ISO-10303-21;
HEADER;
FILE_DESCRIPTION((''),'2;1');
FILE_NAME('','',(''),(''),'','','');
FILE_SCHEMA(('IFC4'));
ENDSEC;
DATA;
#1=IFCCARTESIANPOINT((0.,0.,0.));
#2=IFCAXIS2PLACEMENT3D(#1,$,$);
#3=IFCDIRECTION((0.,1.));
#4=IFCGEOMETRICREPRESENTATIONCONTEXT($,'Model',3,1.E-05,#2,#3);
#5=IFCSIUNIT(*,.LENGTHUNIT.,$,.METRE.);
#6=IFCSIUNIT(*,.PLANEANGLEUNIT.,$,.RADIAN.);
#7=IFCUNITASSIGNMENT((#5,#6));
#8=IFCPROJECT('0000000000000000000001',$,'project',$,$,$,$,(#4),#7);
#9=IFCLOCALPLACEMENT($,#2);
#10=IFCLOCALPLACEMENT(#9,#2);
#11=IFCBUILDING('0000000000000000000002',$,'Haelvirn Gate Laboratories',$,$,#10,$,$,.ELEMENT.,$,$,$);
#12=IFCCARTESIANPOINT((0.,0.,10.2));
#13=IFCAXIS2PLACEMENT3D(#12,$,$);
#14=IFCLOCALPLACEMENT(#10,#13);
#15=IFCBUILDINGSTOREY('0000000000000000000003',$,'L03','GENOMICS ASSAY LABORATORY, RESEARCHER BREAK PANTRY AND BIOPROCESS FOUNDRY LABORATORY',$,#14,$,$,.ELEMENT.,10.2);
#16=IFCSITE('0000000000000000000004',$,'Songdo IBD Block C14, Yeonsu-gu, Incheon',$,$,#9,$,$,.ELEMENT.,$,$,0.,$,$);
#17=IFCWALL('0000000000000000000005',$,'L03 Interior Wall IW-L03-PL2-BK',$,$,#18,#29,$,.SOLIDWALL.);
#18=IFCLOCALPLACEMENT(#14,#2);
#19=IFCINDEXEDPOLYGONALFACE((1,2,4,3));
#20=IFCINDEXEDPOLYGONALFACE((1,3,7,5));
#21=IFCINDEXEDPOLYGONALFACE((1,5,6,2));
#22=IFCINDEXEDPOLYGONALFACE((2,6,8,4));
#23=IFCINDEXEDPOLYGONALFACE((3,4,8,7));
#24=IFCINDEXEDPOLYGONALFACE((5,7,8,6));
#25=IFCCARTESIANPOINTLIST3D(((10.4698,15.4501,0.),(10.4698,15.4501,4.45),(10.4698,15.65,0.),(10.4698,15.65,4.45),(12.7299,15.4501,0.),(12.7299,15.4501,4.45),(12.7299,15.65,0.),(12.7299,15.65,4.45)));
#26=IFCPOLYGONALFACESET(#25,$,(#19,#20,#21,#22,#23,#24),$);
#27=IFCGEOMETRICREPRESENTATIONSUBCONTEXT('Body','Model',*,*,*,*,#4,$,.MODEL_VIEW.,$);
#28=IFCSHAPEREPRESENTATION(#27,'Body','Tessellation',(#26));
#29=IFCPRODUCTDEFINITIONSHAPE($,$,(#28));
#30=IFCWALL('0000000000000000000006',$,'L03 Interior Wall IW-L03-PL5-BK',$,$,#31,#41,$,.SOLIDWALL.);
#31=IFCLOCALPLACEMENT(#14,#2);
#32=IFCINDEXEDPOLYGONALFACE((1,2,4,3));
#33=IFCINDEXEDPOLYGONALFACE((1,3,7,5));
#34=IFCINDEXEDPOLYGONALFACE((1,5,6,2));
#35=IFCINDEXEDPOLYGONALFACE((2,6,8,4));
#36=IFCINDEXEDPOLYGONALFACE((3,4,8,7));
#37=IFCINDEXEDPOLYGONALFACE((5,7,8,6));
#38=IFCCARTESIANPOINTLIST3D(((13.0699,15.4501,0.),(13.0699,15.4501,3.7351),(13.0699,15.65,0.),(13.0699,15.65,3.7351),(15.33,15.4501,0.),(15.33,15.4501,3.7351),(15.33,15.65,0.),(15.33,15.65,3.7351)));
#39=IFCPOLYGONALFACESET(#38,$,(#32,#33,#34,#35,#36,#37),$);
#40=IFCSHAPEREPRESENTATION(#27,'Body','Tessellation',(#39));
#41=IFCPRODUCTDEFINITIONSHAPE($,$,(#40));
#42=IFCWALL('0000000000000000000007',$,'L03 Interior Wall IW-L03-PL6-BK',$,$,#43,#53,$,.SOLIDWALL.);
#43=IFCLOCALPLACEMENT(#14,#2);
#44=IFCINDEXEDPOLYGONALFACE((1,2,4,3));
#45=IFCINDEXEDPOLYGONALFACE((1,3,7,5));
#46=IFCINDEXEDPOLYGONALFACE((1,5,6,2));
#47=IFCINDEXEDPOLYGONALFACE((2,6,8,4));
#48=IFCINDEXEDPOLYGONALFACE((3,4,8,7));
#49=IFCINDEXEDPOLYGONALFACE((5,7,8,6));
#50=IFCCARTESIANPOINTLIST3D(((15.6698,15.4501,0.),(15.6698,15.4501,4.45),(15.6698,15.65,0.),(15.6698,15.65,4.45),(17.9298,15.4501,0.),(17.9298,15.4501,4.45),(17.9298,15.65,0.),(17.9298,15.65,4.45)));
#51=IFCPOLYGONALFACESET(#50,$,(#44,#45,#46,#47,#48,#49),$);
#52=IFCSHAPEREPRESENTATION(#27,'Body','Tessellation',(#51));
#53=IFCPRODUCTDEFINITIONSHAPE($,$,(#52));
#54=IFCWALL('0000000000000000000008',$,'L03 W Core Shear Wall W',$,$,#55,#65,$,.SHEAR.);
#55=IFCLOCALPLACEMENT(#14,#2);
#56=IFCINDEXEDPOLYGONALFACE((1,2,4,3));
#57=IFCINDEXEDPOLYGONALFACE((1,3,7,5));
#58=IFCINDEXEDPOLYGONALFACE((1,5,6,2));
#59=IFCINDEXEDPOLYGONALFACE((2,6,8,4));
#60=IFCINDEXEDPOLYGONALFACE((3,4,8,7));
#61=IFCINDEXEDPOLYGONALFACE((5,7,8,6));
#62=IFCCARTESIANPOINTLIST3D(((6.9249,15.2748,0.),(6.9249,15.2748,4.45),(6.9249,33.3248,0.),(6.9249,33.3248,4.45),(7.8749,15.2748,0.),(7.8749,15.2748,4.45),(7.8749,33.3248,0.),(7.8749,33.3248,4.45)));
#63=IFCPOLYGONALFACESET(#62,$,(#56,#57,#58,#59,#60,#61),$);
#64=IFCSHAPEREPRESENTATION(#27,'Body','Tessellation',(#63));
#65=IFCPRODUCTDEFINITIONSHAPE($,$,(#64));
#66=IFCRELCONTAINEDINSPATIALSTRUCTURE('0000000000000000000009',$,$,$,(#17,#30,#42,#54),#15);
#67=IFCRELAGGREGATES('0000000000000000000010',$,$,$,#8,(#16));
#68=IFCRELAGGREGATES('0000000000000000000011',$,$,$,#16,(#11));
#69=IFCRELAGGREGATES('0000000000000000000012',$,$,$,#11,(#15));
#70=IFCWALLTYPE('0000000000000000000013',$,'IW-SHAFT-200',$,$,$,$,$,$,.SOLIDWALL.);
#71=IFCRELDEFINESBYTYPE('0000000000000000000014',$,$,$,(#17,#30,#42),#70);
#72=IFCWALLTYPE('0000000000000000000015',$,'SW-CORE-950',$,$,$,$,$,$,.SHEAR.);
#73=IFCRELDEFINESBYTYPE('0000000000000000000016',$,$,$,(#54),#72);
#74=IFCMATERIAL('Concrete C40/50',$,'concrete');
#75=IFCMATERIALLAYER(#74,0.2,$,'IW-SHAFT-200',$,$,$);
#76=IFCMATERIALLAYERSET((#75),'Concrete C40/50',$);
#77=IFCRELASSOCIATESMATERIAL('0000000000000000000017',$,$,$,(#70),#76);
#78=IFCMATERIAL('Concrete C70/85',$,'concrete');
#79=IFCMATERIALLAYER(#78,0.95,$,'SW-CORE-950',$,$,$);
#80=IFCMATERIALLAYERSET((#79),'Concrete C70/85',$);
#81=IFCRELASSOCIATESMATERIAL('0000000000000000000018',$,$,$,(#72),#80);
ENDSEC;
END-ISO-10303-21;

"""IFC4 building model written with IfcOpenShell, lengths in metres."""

from ifc_helpers import new_model, si_unit, direction, frame, frame_2d, origin, place, context, subcontext, project, spatial, rectangle, extrude, material, layer, layer_set, type_object, element, save


model = new_model("IFC4")

# Units and contexts
model_context = context("Model", 3, precision=1e-05, world=origin(), true_north=direction((0.0, 1.0)))
body_context = subcontext(model_context, "Body", "Model", "MODEL_VIEW")
ifc_project = project(units=[si_unit("LENGTHUNIT", "METRE"), si_unit("PLANEANGLEUNIT", "RADIAN")], contexts=[model_context])

# Site, building, storey
site_placement = place(None, origin())
site = spatial("IfcSite", under=ifc_project, at=site_placement, Name="Songdo IBD Block C14, Yeonsu-gu, Incheon", CompositionType="ELEMENT", RefElevation=0.0)
building_placement = place(site_placement, origin())
building = spatial("IfcBuilding", under=site, at=building_placement, Name="Haelvirn Gate Laboratories", CompositionType="ELEMENT")
storey_placement = place(building_placement, frame((0.0, 0.0, 10.2)))
storey = spatial("IfcBuildingStorey", under=building, at=storey_placement, Name="L03", Description="GENOMICS ASSAY LABORATORY, RESEARCHER BREAK PANTRY AND BIOPROCESS FOUNDRY LABORATORY", CompositionType="ELEMENT", Elevation=10.2)

# Shared definitions
ifc_material_1 = material(Name="Concrete C70/85", Category="concrete")

# Walls
ifc_material_2 = material(Name="Concrete C40/50", Category="concrete")
ifc_layer_1 = layer(ifc_material_2, 0.2, Name="IW-SHAFT-200")
ifc_layer_set_1 = layer_set([ifc_layer_1], Name="Concrete C40/50")
wall_type_1 = type_object("IfcWallType", Name="IW-SHAFT-200", PredefinedType="SOLIDWALL", material=ifc_layer_set_1)
wall_1_placement = place(storey_placement, frame((10.47, 15.55, 0.0), z_axis=(0.0, 0.0, 1.0), x_axis=(1.0, 0.0, 0.0)))
element("IfcWall", 1, at=wall_1_placement, inside=storey, type_object=wall_type_1, Name="L03 Interior Wall IW-L03-PL2-BK", PredefinedType="SOLIDWALL", context=body_context, shape_type="SweptSolid", body=[
    extrude(rectangle(XDim=2.26, YDim=0.2, at=frame_2d((1.1299, 0.0))), origin(), (0.0, 0.0, 1.0), 4.45),
])
wall_2_placement = place(storey_placement, frame((13.0701, 15.55, 0.0), z_axis=(0.0, 0.0, 1.0), x_axis=(1.0, 0.0, 0.0)))
element("IfcWall", 2, at=wall_2_placement, inside=storey, type_object=wall_type_1, Name="L03 Interior Wall IW-L03-PL5-BK", PredefinedType="SOLIDWALL", context=body_context, shape_type="SweptSolid", body=[
    extrude(rectangle(XDim=2.26, YDim=0.2, at=frame_2d((1.1299, 0.0))), origin(), (0.0, 0.0, 1.0), 3.7351),
])
wall_3_placement = place(storey_placement, frame((15.6699, 15.55, 0.0), z_axis=(0.0, 0.0, 1.0), x_axis=(1.0, 0.0, 0.0)))
element("IfcWall", 3, at=wall_3_placement, inside=storey, type_object=wall_type_1, Name="L03 Interior Wall IW-L03-PL6-BK", PredefinedType="SOLIDWALL", context=body_context, shape_type="SweptSolid", body=[
    extrude(rectangle(XDim=2.26, YDim=0.2, at=frame_2d((1.1299, 0.0))), origin(), (0.0, 0.0, 1.0), 4.45),
])
ifc_layer_2 = layer(ifc_material_1, 0.95, Name="SW-CORE-950")
ifc_layer_set_2 = layer_set([ifc_layer_2], Name="Concrete C70/85")
wall_type_2 = type_object("IfcWallType", Name="SW-CORE-950", PredefinedType="SHEAR", material=ifc_layer_set_2)
wall_4_placement = place(storey_placement, frame((7.3999, 15.2749, 0.0), z_axis=(0.0, 0.0, 1.0), x_axis=(0.0, 1.0, 0.0)))
element("IfcWall", 4, at=wall_4_placement, inside=storey, type_object=wall_type_2, Name="L03 W Core Shear Wall W", PredefinedType="SHEAR", context=body_context, shape_type="SweptSolid", body=[
    extrude(rectangle(XDim=18.05, YDim=0.95, at=frame_2d((9.0249, 0.0))), origin(), (0.0, 0.0, 1.0), 4.45),
])

save(model, "model.ifc")
